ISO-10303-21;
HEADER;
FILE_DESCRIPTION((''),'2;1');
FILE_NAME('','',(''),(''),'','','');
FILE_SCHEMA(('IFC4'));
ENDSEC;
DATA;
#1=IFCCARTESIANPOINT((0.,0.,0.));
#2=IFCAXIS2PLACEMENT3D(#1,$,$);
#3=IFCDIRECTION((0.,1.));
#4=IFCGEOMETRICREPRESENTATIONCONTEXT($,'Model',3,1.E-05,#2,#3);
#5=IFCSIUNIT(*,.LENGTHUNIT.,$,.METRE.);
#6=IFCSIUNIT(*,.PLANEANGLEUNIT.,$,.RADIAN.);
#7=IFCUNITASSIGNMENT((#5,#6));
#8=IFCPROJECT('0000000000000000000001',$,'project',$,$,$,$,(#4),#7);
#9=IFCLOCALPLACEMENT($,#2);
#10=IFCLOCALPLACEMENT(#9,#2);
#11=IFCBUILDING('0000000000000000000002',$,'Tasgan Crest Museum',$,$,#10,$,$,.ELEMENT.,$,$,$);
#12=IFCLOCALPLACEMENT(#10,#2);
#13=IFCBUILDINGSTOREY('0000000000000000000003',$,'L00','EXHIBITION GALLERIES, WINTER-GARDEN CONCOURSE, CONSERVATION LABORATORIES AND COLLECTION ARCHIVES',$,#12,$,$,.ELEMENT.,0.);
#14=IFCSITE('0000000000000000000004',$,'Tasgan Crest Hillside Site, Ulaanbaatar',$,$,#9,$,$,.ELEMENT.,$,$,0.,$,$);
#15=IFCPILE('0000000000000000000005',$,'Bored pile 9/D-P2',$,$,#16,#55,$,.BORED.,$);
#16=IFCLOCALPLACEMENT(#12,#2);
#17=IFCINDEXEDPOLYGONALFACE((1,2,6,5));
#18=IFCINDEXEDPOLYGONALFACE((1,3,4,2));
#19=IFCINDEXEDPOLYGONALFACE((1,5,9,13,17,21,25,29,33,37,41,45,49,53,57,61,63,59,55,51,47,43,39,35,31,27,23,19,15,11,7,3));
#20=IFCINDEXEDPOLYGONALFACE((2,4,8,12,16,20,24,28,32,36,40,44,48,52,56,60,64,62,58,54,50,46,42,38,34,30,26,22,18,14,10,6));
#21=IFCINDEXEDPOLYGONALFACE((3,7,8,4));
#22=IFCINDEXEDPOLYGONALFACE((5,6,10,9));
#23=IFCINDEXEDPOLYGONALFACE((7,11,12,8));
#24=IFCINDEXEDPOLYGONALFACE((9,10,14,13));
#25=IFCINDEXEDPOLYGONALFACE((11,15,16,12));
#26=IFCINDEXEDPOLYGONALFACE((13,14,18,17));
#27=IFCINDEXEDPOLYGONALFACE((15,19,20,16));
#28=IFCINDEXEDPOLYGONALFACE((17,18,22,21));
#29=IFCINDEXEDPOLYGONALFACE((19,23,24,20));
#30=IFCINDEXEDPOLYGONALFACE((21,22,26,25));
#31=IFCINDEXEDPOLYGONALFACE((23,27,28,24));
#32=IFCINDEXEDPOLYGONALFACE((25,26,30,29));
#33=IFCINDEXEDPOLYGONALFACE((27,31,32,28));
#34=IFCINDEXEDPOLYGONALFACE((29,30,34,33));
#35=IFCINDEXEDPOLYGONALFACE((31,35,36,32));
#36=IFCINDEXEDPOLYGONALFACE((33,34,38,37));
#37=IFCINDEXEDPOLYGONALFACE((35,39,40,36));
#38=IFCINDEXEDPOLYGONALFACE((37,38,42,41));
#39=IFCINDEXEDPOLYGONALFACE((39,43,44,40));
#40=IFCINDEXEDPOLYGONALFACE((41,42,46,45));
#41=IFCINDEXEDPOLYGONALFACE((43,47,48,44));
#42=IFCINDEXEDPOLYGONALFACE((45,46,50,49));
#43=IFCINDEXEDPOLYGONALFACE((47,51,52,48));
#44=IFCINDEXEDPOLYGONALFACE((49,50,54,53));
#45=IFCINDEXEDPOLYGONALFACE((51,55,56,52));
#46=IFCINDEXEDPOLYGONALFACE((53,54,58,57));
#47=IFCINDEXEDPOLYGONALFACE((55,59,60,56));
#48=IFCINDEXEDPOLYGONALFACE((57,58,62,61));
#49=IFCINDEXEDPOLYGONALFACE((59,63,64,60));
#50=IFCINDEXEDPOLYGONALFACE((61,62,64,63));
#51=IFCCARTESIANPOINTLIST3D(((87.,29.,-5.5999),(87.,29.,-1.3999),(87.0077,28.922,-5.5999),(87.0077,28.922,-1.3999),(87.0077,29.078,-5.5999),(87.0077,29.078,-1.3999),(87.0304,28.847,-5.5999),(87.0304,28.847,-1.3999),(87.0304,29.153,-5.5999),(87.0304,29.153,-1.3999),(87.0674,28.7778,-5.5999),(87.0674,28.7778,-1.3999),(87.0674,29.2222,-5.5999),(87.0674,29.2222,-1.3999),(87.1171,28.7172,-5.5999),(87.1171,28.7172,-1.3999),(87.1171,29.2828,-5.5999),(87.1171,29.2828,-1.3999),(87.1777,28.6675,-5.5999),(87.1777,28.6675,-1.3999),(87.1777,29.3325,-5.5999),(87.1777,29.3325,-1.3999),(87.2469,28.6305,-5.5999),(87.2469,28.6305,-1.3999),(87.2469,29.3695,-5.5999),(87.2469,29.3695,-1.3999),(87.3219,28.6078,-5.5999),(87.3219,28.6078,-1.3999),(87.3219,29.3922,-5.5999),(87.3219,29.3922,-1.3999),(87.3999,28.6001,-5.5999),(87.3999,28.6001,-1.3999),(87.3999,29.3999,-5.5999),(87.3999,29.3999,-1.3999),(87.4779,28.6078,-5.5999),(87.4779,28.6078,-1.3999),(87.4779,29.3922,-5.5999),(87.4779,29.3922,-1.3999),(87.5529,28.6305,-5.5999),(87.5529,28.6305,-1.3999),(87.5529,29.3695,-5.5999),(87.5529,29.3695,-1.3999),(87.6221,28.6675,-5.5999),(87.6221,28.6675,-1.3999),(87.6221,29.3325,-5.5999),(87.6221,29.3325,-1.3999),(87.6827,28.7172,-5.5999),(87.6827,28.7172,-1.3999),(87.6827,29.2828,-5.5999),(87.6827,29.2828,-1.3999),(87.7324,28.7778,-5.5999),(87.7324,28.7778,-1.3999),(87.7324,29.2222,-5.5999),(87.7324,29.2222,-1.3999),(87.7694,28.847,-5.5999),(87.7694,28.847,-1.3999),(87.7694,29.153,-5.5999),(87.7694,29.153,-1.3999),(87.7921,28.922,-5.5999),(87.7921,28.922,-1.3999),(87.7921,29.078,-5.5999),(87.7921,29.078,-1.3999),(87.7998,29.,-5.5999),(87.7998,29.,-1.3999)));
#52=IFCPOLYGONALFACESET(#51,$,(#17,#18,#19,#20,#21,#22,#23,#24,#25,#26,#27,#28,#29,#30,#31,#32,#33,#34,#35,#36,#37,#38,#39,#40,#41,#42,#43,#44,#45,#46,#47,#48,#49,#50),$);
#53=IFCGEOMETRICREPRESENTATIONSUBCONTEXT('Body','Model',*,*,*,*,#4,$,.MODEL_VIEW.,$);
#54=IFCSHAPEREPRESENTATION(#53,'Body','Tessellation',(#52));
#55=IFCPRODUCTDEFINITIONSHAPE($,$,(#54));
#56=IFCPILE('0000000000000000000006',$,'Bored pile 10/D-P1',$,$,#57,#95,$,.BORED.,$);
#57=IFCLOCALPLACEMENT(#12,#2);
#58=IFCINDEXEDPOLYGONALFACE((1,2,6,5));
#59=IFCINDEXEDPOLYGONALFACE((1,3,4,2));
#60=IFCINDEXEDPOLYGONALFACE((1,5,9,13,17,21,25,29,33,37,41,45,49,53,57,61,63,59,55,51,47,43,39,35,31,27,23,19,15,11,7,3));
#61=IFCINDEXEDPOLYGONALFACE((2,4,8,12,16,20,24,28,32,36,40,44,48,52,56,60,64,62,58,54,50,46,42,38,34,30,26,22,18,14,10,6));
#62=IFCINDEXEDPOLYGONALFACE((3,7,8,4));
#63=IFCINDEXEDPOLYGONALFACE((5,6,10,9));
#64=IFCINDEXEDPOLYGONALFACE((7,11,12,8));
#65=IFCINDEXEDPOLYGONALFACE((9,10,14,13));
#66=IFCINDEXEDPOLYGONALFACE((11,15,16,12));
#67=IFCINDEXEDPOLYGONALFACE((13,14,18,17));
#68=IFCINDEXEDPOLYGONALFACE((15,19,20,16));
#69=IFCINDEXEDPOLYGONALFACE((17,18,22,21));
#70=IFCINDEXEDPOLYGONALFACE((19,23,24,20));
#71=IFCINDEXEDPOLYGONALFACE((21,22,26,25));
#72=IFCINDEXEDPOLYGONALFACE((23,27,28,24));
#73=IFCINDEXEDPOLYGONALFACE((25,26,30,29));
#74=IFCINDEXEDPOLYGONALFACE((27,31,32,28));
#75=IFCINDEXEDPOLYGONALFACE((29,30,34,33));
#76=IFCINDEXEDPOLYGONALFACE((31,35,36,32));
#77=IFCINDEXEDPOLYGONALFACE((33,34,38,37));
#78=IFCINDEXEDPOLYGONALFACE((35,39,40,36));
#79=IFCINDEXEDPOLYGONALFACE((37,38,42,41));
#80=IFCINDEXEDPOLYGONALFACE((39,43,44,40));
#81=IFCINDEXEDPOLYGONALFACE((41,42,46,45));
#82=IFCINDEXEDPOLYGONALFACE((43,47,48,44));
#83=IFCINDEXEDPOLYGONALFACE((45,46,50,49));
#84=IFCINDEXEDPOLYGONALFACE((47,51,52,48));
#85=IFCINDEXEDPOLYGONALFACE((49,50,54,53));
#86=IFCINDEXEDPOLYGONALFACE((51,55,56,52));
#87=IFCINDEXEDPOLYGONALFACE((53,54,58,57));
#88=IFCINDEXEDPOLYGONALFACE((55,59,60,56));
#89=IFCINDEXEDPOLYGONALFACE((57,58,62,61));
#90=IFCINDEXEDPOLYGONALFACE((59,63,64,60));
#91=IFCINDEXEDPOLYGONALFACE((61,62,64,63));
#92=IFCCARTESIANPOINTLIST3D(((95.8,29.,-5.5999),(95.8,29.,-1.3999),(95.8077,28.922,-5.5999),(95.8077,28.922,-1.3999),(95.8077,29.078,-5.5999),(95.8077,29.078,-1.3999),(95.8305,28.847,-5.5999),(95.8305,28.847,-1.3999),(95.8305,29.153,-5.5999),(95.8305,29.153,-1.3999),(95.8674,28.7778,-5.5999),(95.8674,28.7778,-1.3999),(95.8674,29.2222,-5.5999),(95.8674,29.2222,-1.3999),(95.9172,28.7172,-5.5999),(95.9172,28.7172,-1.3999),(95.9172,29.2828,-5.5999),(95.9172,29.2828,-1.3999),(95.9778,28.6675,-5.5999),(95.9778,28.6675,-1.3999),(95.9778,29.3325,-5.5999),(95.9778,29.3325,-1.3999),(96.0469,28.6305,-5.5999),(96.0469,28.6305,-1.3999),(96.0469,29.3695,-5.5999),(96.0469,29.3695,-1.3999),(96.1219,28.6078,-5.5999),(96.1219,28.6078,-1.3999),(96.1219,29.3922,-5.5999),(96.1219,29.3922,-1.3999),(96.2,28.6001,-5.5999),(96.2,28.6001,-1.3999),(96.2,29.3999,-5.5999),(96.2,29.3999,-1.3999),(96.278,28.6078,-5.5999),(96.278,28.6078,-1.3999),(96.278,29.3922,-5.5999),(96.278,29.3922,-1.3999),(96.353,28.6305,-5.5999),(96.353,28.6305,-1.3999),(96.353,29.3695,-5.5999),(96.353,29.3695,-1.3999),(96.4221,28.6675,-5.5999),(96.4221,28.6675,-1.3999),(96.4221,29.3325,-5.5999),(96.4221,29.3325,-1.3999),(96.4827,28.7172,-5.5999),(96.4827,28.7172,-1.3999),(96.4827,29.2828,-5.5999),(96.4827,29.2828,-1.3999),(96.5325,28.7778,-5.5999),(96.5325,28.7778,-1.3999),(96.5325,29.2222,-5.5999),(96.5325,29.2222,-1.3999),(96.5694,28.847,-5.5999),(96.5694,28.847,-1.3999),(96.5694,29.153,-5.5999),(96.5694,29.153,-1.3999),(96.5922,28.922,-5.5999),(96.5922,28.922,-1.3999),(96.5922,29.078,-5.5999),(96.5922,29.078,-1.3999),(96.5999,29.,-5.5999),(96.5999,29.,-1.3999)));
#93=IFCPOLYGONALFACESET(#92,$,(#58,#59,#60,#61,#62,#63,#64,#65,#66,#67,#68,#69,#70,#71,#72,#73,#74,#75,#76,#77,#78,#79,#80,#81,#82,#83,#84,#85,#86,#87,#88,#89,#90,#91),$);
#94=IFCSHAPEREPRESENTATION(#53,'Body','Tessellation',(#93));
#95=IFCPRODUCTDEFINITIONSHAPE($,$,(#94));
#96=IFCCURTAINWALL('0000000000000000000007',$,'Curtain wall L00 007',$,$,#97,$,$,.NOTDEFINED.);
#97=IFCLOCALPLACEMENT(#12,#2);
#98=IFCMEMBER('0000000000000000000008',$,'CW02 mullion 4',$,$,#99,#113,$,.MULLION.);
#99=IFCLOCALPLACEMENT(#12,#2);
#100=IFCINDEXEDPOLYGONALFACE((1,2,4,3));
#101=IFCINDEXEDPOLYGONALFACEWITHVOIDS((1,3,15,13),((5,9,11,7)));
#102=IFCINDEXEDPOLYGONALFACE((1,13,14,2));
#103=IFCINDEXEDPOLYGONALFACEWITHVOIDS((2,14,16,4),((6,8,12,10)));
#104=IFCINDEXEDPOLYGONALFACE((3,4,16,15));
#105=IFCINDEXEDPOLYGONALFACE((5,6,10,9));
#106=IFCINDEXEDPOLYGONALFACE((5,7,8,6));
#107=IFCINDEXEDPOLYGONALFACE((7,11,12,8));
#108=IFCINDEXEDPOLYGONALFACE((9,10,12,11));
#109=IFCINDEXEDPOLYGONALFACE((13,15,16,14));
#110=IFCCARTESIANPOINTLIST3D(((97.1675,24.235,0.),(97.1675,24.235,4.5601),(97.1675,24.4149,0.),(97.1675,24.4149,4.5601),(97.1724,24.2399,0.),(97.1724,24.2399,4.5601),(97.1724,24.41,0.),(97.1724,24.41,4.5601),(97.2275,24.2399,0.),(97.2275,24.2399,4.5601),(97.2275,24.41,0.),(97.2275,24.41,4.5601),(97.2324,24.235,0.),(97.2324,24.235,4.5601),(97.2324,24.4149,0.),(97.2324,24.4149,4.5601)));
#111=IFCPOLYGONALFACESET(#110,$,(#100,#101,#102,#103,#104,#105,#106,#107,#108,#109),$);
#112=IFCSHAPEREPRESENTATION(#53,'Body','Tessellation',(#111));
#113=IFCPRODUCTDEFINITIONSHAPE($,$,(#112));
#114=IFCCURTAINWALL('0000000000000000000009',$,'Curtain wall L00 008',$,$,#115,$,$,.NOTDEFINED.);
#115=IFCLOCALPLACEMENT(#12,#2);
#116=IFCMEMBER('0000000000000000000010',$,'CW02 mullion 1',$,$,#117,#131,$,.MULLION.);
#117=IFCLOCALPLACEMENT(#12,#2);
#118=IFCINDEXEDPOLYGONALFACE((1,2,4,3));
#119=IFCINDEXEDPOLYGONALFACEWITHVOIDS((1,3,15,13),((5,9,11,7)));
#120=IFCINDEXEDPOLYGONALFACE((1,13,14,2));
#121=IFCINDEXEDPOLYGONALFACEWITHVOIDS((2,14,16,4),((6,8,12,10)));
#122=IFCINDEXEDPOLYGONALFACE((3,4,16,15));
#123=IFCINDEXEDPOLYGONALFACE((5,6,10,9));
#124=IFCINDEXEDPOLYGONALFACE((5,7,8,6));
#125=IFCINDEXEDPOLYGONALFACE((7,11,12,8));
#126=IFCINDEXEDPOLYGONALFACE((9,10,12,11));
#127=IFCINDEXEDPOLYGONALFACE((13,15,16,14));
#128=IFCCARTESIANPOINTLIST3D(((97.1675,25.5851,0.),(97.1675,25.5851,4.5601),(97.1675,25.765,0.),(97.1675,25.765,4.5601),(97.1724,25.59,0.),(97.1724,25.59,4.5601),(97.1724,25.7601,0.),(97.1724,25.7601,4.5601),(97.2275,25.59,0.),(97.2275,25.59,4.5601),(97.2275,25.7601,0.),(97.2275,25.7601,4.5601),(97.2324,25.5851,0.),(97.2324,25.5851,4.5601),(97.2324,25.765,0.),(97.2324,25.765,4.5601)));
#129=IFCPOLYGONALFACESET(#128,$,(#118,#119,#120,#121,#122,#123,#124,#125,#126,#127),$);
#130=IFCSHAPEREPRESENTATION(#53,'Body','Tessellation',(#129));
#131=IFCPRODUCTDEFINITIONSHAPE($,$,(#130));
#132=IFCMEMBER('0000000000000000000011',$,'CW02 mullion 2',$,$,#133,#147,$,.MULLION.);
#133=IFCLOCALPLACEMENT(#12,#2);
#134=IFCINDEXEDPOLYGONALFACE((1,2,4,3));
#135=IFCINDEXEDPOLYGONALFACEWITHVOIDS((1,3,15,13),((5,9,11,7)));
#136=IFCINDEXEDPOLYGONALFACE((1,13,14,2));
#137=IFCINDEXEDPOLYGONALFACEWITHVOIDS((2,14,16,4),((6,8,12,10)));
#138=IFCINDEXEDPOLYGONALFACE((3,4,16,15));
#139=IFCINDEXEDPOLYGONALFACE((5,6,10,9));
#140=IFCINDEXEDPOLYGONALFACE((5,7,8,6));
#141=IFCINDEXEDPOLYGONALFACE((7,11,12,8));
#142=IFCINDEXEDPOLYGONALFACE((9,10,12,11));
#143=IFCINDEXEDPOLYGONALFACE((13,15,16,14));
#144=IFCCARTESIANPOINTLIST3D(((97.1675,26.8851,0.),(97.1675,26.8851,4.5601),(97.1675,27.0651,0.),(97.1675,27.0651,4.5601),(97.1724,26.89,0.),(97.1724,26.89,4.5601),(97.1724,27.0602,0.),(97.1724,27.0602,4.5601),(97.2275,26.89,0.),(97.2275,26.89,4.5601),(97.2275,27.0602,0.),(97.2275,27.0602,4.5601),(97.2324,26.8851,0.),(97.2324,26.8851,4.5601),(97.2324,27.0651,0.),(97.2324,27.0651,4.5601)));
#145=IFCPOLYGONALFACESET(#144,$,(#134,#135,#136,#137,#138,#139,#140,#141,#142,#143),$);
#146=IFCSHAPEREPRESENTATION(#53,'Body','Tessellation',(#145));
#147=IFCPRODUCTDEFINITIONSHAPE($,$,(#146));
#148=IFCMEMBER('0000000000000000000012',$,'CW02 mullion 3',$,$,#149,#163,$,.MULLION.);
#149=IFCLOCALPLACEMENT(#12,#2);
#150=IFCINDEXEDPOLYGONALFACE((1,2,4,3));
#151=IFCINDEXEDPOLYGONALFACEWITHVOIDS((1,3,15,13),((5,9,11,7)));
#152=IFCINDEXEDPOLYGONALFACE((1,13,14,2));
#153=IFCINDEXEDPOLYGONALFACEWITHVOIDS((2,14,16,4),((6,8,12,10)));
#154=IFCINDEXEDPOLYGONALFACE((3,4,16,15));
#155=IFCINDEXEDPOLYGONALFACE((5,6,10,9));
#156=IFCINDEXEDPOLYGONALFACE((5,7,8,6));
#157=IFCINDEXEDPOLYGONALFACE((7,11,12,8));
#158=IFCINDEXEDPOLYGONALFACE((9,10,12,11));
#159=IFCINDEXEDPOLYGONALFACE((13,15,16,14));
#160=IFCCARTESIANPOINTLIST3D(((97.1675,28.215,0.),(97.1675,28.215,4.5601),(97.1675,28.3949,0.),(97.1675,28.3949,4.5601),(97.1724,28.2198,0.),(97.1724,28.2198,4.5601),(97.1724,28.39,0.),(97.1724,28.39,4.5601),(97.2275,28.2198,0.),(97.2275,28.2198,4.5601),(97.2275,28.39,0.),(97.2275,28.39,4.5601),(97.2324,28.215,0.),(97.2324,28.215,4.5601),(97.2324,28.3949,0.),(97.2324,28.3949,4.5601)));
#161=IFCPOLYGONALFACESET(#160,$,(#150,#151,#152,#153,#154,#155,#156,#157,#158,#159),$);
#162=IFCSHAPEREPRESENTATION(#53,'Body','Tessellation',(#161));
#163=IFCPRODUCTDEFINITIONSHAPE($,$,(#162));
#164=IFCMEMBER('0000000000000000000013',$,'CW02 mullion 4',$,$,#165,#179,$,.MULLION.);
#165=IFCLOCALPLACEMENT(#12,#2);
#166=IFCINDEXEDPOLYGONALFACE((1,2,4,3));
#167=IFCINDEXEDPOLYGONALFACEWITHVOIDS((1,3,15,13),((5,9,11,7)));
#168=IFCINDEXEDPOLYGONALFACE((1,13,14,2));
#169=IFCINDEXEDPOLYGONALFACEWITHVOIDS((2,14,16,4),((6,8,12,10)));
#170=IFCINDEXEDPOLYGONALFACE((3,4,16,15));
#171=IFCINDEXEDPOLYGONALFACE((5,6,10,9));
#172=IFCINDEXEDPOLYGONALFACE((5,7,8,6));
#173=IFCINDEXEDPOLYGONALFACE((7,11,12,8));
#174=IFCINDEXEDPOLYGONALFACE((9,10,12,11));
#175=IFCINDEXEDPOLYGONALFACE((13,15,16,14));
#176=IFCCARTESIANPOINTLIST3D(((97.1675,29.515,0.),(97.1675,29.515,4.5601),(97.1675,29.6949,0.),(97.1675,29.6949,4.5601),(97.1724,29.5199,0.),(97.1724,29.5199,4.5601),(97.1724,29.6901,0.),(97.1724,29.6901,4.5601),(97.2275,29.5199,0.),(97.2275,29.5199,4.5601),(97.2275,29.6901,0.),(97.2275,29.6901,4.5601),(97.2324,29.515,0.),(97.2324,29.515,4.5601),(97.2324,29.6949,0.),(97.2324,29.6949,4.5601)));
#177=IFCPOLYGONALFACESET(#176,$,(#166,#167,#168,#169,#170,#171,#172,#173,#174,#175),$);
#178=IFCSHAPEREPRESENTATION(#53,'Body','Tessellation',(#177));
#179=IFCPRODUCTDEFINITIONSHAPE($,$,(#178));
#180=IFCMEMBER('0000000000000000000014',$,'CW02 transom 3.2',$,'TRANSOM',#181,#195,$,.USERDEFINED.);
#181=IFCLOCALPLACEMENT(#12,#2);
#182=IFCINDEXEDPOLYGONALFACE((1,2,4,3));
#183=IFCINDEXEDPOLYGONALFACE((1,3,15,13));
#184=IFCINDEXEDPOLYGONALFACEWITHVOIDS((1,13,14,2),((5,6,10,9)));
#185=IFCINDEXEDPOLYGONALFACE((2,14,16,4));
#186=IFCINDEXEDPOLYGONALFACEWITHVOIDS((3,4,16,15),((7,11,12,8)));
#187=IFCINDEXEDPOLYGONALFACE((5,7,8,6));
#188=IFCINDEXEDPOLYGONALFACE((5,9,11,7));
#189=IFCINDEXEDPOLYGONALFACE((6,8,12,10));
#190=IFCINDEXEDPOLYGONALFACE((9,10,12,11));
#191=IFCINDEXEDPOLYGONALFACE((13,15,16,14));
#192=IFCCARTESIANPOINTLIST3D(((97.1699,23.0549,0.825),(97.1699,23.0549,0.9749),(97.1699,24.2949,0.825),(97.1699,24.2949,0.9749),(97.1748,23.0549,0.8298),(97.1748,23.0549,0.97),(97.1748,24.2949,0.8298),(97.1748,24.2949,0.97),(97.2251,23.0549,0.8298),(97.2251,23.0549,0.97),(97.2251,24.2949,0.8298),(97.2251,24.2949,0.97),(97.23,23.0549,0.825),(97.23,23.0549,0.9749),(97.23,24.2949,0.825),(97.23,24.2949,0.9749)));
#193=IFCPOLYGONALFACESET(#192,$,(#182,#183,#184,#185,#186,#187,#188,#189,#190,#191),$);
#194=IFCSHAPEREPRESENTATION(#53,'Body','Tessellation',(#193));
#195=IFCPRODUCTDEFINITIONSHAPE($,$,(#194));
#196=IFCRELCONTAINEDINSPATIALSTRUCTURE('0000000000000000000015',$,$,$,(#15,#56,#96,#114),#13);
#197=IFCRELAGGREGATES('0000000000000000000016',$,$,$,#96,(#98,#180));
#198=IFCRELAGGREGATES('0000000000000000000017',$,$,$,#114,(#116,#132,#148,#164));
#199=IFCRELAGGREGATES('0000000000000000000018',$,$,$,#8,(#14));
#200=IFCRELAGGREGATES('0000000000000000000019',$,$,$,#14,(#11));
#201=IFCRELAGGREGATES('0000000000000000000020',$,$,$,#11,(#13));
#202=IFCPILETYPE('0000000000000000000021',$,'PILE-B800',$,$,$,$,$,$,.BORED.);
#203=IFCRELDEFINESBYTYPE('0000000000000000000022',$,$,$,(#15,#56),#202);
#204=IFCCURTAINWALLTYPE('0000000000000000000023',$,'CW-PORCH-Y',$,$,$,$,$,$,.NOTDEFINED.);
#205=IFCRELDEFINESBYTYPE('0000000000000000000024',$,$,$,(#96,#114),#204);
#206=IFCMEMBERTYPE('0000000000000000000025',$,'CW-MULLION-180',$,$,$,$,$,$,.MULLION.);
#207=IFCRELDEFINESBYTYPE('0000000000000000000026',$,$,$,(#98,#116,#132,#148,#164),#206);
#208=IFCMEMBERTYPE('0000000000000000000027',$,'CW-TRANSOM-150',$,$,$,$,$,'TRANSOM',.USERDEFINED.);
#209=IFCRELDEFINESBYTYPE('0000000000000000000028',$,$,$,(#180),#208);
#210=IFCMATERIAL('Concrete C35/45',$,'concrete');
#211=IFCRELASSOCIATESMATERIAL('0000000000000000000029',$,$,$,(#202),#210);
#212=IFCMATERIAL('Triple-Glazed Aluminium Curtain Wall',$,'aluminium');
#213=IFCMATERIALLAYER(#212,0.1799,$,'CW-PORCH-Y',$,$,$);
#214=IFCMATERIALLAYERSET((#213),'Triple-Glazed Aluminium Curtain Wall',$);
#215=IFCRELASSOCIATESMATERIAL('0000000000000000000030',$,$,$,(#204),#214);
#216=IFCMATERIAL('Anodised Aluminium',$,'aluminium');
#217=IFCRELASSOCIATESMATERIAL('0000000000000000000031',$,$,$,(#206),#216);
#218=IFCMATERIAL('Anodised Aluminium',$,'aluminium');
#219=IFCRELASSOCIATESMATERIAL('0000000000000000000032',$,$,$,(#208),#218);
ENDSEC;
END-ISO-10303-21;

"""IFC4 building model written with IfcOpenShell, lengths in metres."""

from ifc_helpers import new_model, si_unit, direction, frame, origin, origin_2d, place, context, subcontext, project, spatial, hollow_rectangle, circle, extrude, material, layer, layer_set, material_profile, profile_set, type_object, element, aggregate, save


model = new_model("IFC4")

# Units and contexts
model_context = context("Model", 3, precision=1e-05, world=origin(), true_north=direction((0.0, 1.0)))
body_context = subcontext(model_context, "Body", "Model", "MODEL_VIEW")
ifc_project = project(units=[si_unit("LENGTHUNIT", "METRE"), si_unit("PLANEANGLEUNIT", "RADIAN")], contexts=[model_context])

# Site, building, storey
site_placement = place(None, origin())
site = spatial("IfcSite", under=ifc_project, at=site_placement, Name="Tasgan Crest Hillside Site, Ulaanbaatar", CompositionType="ELEMENT", RefElevation=0.0)
building_placement = place(site_placement, origin())
building = spatial("IfcBuilding", under=site, at=building_placement, Name="Tasgan Crest Museum", CompositionType="ELEMENT")
storey_placement = place(building_placement, origin())
storey = spatial("IfcBuildingStorey", under=building, at=storey_placement, Name="L00", Description="EXHIBITION GALLERIES, WINTER-GARDEN CONCOURSE, CONSERVATION LABORATORIES AND COLLECTION ARCHIVES", CompositionType="ELEMENT", Elevation=0.0)

# Piles
ifc_material_1 = material(Name="Concrete C35/45", Category="concrete")
ifc_material_profile_1 = material_profile(ifc_material_1, circle(Radius=0.3999, at=origin_2d()), Name="PILE D800")
ifc_profile_set_1 = profile_set([ifc_material_profile_1], Name="Concrete C35/45")
pile_type = type_object("IfcPileType", Name="PILE-B800", PredefinedType="BORED", material=ifc_profile_set_1)
for number, where, z_axis, x_axis, name in (
    (1, (87.3999, 29.0, -1.3999), (0.0, 0.0, -1.0), (1.0, 0.0, 0.0), "Bored pile 9/D-P2"),
    (2, (96.2, 29.0, -1.3999), (0.0, 0.0, -1.0), (1.0, 0.0, 0.0), "Bored pile 10/D-P1"),
):
    element("IfcPile", number, at=place(storey_placement, frame(where, z_axis=z_axis, x_axis=x_axis)), inside=storey, type_object=pile_type, Name=name, PredefinedType="BORED", context=body_context, shape_type="SweptSolid", body=[
        extrude(circle(Radius=0.3999, at=origin_2d()), origin(), (0.0, 0.0, 1.0), 4.2),
    ])

# Curtain wall, member
ifc_material_2 = material(Name="Triple-Glazed Aluminium Curtain Wall", Category="aluminium")
ifc_layer_1 = layer(ifc_material_2, 0.1799, Name="CW-PORCH-Y")
ifc_layer_set_1 = layer_set([ifc_layer_1], Name="Triple-Glazed Aluminium Curtain Wall")
curtain_wall_type = type_object("IfcCurtainWallType", Name="CW-PORCH-Y", PredefinedType="NOTDEFINED", material=ifc_layer_set_1)
curtain_wall_1_placement = place(storey_placement, origin())
curtain_wall_1 = element("IfcCurtainWall", 3, at=curtain_wall_1_placement, inside=storey, type_object=curtain_wall_type, Name="Curtain wall L00 007", PredefinedType="NOTDEFINED")
ifc_material_3 = material(Name="Anodised Aluminium", Category="aluminium")
ifc_material_profile_2 = material_profile(ifc_material_3, hollow_rectangle(XDim=0.0649, YDim=0.1799, WallThickness=0.0049, at=origin_2d()), Name="ALU MULLION 180x65x5")
ifc_profile_set_2 = profile_set([ifc_material_profile_2], Name="Anodised Aluminium")
member_type_1 = type_object("IfcMemberType", Name="CW-MULLION-180", PredefinedType="MULLION", material=ifc_profile_set_2)
member_1_placement = place(storey_placement, frame((97.2, 24.325, 0.0), z_axis=(0.0, 0.0, 1.0), x_axis=(-1.0, 0.0, 0.0)))
member_1 = element("IfcMember", 4, at=member_1_placement, type_object=member_type_1, Name="CW02 mullion 4", PredefinedType="MULLION", context=body_context, shape_type="SweptSolid", body=[
    extrude(hollow_rectangle(XDim=0.0649, YDim=0.1799, WallThickness=0.0049, at=origin_2d()), origin(), (0.0, 0.0, 1.0), 4.5601),
])

# Curtain wall, members
curtain_wall_2_placement = place(storey_placement, origin())
curtain_wall_2 = element("IfcCurtainWall", 5, at=curtain_wall_2_placement, inside=storey, type_object=curtain_wall_type, Name="Curtain wall L00 008", PredefinedType="NOTDEFINED")
member_2_placement = place(storey_placement, frame((97.2, 25.675, 0.0), z_axis=(0.0, 0.0, 1.0), x_axis=(-1.0, 0.0, 0.0)))
member_2 = element("IfcMember", 6, at=member_2_placement, type_object=member_type_1, Name="CW02 mullion 1", PredefinedType="MULLION", context=body_context, shape_type="SweptSolid", body=[
    extrude(hollow_rectangle(XDim=0.0649, YDim=0.1799, WallThickness=0.0049, at=origin_2d()), origin(), (0.0, 0.0, 1.0), 4.5601),
])
member_3_placement = place(storey_placement, frame((97.2, 26.9751, 0.0), z_axis=(0.0, 0.0, 1.0), x_axis=(-1.0, 0.0, 0.0)))
member_3 = element("IfcMember", 7, at=member_3_placement, type_object=member_type_1, Name="CW02 mullion 2", PredefinedType="MULLION", context=body_context, shape_type="SweptSolid", body=[
    extrude(hollow_rectangle(XDim=0.0649, YDim=0.1799, WallThickness=0.0049, at=origin_2d()), origin(), (0.0, 0.0, 1.0), 4.5601),
])
member_4_placement = place(storey_placement, frame((97.2, 28.3049, 0.0), z_axis=(0.0, 0.0, 1.0), x_axis=(-1.0, 0.0, 0.0)))
member_4 = element("IfcMember", 8, at=member_4_placement, type_object=member_type_1, Name="CW02 mullion 3", PredefinedType="MULLION", context=body_context, shape_type="SweptSolid", body=[
    extrude(hollow_rectangle(XDim=0.0649, YDim=0.1799, WallThickness=0.0049, at=origin_2d()), origin(), (0.0, 0.0, 1.0), 4.5601),
])
member_5_placement = place(storey_placement, frame((97.2, 29.605, 0.0), z_axis=(0.0, 0.0, 1.0), x_axis=(-1.0, 0.0, 0.0)))
member_5 = element("IfcMember", 9, at=member_5_placement, type_object=member_type_1, Name="CW02 mullion 4", PredefinedType="MULLION", context=body_context, shape_type="SweptSolid", body=[
    extrude(hollow_rectangle(XDim=0.0649, YDim=0.1799, WallThickness=0.0049, at=origin_2d()), origin(), (0.0, 0.0, 1.0), 4.5601),
])

# Member
ifc_material_4 = material(Name="Anodised Aluminium", Category="aluminium")
ifc_material_profile_3 = material_profile(ifc_material_4, hollow_rectangle(XDim=0.0601, YDim=0.1499, WallThickness=0.0049, at=origin_2d()), Name="ALU TRANSOM 150x60x5")
ifc_profile_set_3 = profile_set([ifc_material_profile_3], Name="Anodised Aluminium")
member_type_2 = type_object("IfcMemberType", Name="CW-TRANSOM-150", ElementType="TRANSOM", PredefinedType="USERDEFINED", material=ifc_profile_set_3)
member_6_placement = place(storey_placement, frame((97.2, 23.0549, 0.8999), z_axis=(0.0, 1.0, 0.0), x_axis=(-1.0, 0.0, 0.0)))
member_6 = element("IfcMember", 10, at=member_6_placement, type_object=member_type_2, Name="CW02 transom 3.2", ObjectType="TRANSOM", PredefinedType="USERDEFINED", context=body_context, shape_type="SweptSolid", body=[
    extrude(hollow_rectangle(XDim=0.0601, YDim=0.1499, WallThickness=0.0049, at=origin_2d()), origin(), (0.0, 0.0, 1.0), 1.24),
])

aggregate(curtain_wall_1, [member_1, member_6])
aggregate(curtain_wall_2, [member_2, member_3, member_4, member_5])

save(model, "model.ifc")
